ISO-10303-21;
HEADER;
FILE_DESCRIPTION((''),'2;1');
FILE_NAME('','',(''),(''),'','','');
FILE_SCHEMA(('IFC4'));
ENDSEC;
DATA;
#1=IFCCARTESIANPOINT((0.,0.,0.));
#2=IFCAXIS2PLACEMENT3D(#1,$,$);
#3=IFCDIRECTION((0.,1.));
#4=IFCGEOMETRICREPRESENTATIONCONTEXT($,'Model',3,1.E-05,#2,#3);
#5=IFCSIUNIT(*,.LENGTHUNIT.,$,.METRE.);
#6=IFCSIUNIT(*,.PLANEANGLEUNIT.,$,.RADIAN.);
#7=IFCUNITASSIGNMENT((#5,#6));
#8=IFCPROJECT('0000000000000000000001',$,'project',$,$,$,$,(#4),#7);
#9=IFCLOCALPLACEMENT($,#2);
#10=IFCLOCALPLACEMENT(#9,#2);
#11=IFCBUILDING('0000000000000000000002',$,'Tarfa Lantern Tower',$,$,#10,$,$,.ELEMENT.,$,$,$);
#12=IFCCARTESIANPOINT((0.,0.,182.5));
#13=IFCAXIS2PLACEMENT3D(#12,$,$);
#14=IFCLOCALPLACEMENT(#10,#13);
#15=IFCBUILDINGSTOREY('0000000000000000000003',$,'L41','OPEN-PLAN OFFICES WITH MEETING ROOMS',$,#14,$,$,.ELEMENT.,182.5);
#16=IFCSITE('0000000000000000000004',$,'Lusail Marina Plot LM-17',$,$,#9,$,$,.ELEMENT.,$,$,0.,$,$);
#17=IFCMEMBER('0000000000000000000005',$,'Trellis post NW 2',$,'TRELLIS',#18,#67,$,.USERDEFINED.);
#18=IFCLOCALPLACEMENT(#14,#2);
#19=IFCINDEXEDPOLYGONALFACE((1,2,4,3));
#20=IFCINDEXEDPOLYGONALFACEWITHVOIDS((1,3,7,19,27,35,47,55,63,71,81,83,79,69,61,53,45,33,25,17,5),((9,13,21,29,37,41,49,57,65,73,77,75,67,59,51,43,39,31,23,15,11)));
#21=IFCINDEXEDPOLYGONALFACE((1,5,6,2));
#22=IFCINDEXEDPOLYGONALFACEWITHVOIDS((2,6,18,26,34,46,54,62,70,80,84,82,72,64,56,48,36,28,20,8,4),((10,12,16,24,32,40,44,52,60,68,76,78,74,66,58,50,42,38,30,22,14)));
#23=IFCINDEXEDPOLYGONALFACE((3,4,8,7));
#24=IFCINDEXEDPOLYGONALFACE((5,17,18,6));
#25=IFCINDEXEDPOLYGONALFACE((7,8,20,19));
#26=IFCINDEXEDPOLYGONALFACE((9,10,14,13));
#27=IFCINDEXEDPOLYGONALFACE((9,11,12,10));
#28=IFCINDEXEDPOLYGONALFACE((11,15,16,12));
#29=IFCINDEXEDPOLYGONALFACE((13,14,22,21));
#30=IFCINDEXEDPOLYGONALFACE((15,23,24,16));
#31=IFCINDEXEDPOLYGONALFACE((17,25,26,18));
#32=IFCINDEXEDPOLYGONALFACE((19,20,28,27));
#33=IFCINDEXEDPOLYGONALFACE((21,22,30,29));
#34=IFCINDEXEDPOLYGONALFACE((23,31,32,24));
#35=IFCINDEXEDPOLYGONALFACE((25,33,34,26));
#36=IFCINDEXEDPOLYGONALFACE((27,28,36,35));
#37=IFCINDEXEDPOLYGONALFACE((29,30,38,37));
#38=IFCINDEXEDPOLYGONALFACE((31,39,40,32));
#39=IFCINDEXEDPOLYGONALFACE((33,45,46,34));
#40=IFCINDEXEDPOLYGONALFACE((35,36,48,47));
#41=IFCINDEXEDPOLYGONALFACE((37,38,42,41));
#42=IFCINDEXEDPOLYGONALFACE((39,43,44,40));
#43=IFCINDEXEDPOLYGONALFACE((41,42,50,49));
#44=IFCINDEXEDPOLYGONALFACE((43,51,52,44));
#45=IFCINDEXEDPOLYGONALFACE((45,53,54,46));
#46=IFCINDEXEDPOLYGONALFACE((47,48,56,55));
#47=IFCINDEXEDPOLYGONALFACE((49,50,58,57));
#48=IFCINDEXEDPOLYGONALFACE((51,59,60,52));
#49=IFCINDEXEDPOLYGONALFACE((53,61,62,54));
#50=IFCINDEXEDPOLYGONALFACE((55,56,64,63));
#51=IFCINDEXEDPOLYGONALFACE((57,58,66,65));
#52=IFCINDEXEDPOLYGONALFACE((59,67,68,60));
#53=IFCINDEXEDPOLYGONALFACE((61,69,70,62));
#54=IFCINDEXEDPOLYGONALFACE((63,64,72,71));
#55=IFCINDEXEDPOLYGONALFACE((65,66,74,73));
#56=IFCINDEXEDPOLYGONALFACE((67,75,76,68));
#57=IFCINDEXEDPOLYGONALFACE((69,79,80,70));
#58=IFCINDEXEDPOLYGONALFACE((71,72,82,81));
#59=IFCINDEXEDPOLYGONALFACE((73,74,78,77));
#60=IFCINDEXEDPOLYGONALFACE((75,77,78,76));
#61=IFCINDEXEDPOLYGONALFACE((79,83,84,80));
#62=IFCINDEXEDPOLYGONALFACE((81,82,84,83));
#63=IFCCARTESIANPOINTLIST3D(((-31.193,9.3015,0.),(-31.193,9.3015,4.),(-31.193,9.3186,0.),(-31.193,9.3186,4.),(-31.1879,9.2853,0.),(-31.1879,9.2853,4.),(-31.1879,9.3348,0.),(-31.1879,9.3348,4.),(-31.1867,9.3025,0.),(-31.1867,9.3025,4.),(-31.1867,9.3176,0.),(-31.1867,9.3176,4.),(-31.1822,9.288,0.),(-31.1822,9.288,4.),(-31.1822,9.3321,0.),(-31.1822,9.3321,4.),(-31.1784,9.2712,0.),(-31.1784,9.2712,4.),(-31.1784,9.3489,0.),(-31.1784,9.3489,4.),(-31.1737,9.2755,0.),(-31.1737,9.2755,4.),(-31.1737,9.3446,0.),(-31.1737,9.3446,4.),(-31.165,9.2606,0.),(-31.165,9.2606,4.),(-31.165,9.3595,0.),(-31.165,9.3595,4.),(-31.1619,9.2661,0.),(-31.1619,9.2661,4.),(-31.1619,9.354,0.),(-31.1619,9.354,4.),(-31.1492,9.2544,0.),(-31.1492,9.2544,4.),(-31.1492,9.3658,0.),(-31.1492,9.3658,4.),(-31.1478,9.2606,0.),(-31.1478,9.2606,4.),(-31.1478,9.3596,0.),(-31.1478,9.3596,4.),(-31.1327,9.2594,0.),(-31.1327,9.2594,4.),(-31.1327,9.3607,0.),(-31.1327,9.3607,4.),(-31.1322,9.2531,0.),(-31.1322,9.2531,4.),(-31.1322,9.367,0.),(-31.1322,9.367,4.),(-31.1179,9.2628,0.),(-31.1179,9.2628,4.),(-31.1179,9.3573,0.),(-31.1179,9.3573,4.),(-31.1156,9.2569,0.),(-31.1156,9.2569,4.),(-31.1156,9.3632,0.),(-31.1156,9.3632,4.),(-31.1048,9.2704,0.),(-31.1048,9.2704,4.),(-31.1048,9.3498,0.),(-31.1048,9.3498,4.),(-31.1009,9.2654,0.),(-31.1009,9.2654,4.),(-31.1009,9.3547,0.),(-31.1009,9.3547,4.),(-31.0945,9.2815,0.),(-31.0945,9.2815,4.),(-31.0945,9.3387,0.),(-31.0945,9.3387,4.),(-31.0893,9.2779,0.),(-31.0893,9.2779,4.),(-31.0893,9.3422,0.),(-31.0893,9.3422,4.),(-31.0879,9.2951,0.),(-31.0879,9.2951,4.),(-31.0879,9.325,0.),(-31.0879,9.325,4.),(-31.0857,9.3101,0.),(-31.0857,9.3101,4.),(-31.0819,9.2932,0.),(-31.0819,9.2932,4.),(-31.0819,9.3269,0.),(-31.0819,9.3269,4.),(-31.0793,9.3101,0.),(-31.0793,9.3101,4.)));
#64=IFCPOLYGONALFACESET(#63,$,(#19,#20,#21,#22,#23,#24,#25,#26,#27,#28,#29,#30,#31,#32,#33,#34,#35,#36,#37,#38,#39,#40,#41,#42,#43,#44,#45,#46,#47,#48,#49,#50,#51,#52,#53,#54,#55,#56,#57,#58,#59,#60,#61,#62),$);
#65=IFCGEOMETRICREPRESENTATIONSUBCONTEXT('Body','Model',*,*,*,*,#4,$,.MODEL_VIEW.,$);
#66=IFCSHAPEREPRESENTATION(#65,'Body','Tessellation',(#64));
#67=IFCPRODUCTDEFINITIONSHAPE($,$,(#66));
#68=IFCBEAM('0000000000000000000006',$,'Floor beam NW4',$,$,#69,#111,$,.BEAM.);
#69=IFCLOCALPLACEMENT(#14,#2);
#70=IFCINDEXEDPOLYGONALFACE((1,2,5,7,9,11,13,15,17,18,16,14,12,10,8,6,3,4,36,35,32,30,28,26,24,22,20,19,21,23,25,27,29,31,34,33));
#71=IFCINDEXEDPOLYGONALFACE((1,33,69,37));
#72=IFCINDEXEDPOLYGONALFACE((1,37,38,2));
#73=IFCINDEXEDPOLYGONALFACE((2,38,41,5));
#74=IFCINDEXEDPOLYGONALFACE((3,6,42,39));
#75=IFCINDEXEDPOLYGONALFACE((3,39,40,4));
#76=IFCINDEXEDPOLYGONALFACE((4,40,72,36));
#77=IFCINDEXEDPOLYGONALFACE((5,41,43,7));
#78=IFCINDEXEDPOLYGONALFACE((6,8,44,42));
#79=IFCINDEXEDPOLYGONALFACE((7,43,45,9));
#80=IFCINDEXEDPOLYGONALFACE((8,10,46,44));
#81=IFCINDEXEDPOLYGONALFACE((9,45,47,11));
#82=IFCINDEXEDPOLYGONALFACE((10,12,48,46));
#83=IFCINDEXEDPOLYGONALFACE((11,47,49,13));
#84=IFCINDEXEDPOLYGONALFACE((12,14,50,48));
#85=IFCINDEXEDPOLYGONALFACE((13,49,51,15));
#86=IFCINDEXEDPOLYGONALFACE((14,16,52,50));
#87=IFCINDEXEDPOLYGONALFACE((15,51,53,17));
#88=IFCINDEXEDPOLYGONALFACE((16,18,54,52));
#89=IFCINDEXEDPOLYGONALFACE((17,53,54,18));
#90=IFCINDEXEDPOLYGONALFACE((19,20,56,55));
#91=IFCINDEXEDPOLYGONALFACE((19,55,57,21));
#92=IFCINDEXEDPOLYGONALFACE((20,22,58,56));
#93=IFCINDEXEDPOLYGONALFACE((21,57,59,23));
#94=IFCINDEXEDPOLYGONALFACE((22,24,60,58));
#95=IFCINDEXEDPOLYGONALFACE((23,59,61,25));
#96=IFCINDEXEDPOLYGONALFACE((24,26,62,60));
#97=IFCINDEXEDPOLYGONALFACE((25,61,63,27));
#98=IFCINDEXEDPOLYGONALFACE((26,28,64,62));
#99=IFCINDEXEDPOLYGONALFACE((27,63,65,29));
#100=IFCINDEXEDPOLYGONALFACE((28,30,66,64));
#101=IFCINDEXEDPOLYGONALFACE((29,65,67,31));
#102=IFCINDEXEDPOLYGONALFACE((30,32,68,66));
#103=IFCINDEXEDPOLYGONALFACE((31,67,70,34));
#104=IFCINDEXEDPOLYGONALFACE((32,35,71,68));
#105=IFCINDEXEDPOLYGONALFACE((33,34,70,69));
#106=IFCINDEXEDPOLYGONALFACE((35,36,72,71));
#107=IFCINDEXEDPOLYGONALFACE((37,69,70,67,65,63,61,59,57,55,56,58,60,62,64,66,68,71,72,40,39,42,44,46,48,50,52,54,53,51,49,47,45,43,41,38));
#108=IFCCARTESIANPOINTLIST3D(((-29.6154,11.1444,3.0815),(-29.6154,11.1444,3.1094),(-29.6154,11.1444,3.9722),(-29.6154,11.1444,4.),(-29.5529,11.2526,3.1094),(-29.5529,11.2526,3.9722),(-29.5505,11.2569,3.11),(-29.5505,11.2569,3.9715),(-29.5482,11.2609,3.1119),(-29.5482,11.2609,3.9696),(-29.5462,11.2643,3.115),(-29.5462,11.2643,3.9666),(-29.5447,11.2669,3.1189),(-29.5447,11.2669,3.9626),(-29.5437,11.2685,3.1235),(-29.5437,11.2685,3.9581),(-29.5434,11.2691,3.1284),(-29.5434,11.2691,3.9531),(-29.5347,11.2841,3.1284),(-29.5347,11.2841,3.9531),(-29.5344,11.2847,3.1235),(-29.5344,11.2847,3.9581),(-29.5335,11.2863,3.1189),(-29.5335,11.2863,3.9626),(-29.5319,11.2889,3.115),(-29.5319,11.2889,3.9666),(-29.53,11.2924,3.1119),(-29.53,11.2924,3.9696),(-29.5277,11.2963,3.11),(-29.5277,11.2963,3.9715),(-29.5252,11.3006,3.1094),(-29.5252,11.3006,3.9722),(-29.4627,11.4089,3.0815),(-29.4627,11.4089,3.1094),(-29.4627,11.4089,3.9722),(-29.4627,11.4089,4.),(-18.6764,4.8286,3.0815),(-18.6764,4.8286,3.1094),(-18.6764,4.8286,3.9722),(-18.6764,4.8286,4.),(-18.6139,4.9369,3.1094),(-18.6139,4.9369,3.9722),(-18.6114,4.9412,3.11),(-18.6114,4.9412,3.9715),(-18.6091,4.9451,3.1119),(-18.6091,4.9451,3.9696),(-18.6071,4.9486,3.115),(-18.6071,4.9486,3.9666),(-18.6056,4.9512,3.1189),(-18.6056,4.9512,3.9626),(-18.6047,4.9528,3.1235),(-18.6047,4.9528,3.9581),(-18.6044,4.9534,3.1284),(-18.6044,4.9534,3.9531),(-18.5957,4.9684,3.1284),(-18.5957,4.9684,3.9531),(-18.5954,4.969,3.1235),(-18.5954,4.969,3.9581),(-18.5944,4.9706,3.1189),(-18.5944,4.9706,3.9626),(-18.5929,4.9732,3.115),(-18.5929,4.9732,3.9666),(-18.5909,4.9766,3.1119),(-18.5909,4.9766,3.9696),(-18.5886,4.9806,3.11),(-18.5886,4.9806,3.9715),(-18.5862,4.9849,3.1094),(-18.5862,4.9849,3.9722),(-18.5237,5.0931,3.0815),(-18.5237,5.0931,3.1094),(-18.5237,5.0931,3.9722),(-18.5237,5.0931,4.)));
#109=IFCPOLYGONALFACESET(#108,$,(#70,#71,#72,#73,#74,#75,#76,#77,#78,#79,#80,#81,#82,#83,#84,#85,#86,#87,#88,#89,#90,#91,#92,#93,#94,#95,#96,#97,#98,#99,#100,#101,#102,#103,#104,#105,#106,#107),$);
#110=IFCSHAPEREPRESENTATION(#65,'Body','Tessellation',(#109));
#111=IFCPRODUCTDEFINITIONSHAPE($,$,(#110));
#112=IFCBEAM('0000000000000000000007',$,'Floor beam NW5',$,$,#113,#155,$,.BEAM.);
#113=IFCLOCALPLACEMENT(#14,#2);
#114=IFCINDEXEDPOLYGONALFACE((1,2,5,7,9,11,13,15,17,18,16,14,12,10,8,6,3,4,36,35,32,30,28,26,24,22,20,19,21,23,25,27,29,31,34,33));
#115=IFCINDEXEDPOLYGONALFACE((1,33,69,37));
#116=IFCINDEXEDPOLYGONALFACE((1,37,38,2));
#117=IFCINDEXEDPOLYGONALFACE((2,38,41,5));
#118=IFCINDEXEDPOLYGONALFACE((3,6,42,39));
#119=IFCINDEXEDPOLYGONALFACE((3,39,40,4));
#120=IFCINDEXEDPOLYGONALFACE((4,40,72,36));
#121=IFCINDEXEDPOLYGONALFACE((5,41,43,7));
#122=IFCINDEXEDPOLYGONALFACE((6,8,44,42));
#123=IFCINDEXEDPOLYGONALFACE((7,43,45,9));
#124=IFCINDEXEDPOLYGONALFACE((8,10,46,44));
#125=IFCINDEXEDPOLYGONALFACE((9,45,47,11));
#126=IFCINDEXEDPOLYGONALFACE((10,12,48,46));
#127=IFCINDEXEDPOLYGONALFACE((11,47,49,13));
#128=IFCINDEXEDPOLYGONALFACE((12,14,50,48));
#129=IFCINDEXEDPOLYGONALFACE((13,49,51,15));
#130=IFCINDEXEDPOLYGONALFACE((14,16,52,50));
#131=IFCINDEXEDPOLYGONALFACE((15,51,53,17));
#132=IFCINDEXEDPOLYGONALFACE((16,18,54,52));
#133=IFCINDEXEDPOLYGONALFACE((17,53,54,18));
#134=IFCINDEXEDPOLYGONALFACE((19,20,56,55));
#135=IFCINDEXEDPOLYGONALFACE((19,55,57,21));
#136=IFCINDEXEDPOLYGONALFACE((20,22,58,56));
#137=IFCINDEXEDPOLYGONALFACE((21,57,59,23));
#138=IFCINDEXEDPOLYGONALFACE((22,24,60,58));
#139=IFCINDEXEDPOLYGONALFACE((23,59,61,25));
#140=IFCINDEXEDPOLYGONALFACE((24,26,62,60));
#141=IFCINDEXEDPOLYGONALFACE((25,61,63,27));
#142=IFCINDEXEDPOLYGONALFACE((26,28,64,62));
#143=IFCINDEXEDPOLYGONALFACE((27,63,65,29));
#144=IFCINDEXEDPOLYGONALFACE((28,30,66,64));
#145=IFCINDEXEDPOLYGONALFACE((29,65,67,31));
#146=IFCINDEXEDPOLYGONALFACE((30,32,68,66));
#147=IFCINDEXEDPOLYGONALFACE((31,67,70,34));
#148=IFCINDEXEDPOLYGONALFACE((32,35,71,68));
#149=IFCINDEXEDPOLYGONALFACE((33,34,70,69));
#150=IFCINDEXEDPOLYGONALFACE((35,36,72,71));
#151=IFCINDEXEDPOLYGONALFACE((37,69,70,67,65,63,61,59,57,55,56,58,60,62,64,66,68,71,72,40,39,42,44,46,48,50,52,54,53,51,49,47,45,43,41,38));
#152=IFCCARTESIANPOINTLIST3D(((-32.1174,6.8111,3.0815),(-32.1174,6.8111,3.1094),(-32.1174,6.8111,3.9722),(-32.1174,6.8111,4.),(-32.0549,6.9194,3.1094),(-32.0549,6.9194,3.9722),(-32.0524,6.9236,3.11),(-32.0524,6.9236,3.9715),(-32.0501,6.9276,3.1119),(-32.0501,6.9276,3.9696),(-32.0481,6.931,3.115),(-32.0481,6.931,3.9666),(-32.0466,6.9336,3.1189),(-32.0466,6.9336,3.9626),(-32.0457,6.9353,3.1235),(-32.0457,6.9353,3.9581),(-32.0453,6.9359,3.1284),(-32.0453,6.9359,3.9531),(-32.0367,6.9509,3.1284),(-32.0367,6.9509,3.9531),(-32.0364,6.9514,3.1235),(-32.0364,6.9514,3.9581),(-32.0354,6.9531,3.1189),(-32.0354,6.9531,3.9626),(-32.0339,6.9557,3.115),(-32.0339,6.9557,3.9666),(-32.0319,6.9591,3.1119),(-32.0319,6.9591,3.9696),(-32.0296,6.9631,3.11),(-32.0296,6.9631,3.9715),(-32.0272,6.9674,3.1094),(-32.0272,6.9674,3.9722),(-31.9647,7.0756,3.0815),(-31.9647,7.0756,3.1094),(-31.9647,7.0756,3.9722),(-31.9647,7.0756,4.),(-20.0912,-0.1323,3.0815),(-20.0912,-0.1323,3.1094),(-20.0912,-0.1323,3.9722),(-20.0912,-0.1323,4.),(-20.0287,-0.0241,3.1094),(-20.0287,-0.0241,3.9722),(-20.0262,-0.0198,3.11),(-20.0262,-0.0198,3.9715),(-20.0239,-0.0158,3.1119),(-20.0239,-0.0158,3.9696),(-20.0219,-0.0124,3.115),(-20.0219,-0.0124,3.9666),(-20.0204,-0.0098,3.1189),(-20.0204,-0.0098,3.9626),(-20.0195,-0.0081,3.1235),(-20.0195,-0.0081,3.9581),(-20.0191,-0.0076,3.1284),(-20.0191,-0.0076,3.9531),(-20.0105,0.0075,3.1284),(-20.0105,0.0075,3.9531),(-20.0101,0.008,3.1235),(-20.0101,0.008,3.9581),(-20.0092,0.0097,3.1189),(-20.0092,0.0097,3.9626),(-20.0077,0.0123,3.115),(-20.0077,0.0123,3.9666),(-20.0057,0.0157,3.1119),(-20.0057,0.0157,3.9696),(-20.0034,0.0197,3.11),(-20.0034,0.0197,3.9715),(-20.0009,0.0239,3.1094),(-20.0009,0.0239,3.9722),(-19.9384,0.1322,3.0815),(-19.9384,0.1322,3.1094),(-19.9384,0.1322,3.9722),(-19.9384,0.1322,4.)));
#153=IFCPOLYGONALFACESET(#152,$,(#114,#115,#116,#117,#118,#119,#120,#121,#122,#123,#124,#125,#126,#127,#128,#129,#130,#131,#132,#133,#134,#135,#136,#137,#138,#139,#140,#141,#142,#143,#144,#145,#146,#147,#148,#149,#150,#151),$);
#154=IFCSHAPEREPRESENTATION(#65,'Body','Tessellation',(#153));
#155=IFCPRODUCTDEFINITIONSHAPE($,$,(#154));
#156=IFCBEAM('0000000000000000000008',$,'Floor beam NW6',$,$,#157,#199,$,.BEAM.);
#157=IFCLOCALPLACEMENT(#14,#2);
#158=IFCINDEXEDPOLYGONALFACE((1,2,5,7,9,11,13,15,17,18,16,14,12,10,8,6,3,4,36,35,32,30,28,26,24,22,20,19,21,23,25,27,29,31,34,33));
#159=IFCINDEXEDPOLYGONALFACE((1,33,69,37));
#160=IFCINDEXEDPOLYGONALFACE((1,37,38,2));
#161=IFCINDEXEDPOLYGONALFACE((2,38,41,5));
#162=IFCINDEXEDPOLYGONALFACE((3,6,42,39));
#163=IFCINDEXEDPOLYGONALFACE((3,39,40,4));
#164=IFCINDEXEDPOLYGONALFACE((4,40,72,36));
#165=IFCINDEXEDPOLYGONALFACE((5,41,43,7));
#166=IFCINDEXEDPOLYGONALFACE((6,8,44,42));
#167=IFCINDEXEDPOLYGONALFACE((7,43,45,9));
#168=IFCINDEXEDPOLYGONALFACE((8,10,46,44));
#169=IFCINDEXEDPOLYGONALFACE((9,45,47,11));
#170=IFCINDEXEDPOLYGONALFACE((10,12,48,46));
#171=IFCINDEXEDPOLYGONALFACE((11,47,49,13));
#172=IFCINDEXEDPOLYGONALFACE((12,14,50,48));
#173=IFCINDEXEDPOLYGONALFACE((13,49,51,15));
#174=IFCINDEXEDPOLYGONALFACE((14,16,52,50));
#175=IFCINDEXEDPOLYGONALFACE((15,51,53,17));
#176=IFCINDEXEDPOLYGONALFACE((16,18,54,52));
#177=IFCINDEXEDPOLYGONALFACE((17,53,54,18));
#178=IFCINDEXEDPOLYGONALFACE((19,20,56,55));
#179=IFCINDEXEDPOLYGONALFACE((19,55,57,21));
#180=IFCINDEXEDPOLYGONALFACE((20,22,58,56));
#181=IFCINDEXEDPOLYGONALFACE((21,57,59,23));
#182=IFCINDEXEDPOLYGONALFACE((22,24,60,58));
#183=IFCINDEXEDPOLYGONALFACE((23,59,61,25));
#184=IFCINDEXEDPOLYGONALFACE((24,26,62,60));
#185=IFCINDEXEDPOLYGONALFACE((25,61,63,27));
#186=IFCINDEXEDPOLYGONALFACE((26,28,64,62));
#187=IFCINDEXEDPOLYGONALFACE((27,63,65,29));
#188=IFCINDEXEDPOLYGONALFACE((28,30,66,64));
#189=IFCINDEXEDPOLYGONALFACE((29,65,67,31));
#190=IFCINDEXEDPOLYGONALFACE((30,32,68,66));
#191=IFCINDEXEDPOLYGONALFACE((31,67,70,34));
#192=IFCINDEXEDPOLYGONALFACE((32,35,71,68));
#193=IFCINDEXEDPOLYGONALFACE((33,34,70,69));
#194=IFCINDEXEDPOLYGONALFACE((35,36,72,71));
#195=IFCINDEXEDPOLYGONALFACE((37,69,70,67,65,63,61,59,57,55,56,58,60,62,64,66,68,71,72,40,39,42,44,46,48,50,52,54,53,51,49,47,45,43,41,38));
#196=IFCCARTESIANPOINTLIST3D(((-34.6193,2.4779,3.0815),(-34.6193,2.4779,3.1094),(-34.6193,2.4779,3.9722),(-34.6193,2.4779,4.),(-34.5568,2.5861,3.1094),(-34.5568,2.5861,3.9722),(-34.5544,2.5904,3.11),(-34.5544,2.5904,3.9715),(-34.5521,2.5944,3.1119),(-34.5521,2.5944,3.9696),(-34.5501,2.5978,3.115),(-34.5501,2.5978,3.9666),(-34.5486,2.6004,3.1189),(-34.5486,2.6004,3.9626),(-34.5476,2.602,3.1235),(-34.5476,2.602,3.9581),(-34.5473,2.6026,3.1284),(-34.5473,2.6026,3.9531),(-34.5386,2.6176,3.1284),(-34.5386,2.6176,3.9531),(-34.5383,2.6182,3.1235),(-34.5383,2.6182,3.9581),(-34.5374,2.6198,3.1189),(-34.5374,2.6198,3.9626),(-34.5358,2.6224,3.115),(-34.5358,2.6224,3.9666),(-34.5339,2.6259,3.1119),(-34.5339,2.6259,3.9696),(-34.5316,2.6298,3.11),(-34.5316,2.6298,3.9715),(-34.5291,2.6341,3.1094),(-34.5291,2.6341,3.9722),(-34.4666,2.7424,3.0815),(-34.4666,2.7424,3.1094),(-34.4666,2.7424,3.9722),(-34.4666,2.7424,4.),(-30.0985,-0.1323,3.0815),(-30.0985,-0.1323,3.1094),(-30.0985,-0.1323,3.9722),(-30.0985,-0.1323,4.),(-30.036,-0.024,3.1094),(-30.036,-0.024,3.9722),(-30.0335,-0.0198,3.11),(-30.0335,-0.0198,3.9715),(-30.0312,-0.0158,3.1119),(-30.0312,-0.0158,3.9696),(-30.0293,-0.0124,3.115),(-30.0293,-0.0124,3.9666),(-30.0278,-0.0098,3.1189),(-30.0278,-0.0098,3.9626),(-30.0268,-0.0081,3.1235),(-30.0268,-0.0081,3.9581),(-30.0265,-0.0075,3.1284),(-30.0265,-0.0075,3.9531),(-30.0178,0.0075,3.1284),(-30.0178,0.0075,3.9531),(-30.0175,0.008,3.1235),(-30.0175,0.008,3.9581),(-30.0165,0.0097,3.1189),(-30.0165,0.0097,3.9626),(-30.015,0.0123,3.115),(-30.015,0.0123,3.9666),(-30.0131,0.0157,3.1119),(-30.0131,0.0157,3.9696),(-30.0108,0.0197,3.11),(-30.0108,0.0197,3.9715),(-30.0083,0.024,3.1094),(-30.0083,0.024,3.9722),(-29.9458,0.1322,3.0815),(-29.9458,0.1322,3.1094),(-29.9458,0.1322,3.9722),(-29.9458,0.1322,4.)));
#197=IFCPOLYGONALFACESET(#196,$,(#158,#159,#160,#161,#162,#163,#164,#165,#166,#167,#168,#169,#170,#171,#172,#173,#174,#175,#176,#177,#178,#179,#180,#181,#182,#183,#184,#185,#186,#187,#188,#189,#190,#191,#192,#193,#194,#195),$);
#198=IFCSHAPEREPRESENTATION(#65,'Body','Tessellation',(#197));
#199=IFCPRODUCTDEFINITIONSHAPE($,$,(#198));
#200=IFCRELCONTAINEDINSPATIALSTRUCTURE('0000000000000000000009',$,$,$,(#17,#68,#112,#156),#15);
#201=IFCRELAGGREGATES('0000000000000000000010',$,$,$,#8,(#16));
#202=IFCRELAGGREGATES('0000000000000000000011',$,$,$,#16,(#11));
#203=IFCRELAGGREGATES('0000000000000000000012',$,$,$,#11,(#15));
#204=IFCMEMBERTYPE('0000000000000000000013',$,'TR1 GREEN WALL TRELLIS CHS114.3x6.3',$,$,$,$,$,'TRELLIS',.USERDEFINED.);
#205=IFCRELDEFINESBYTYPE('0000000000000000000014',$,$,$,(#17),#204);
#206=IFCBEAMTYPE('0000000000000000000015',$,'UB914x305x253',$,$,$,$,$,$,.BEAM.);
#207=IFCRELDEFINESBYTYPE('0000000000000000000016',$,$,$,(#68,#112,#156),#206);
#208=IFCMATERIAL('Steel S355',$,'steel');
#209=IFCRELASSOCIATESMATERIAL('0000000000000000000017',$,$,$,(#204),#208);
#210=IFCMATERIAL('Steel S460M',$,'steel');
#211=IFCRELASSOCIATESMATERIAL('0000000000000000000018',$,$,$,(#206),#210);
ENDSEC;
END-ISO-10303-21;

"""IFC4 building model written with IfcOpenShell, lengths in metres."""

from ifc_helpers import new_model, si_unit, direction, frame, origin, origin_2d, place, context, subcontext, project, spatial, hollow_circle, i_section, extrude, material, material_profile, profile_set, type_object, element, save


model = new_model("IFC4")

# Units and contexts
model_context = context("Model", 3, precision=1e-05, world=origin(), true_north=direction((0.0, 1.0)))
body_context = subcontext(model_context, "Body", "Model", "MODEL_VIEW")
ifc_project = project(units=[si_unit("LENGTHUNIT", "METRE"), si_unit("PLANEANGLEUNIT", "RADIAN")], contexts=[model_context])

# Site, building, storey
site_placement = place(None, origin())
site = spatial("IfcSite", under=ifc_project, at=site_placement, Name="Lusail Marina Plot LM-17", CompositionType="ELEMENT", RefElevation=0.0)
building_placement = place(site_placement, origin())
building = spatial("IfcBuilding", under=site, at=building_placement, Name="Tarfa Lantern Tower", CompositionType="ELEMENT")
storey_placement = place(building_placement, frame((0.0, 0.0, 182.5)))
storey = spatial("IfcBuildingStorey", under=building, at=storey_placement, Name="L41", Description="OPEN-PLAN OFFICES WITH MEETING ROOMS", CompositionType="ELEMENT", Elevation=182.5)

# Member
ifc_material_1 = material(Name="Steel S355", Category="steel")
ifc_material_profile_1 = material_profile(ifc_material_1, hollow_circle(Radius=0.0571, WallThickness=0.0063, at=origin_2d()), Name="CHS114.3x6.3")
ifc_profile_set_1 = profile_set([ifc_material_profile_1], Name="Steel S355")
member_type_1 = type_object("IfcMemberType", Name="TR1 GREEN WALL TRELLIS CHS114.3x6.3", ElementType="TRELLIS", PredefinedType="USERDEFINED", material=ifc_profile_set_1)
member_1_placement = place(storey_placement, frame((-31.1365, 9.3101, 0.0), z_axis=(0.0, 0.0, 1.0), x_axis=(1.0, 0.0, 0.0)))
element("IfcMember", 1, at=member_1_placement, inside=storey, type_object=member_type_1, Name="Trellis post NW 2", ObjectType="TRELLIS", PredefinedType="USERDEFINED", context=body_context, shape_type="SweptSolid", body=[
    extrude(hollow_circle(Radius=0.0571, WallThickness=0.0063, at=origin_2d()), origin(), (0.0, 0.0, 1.0), 4.0),
])

# Beams
ifc_material_2 = material(Name="Steel S460M", Category="steel")
ifc_material_profile_2 = material_profile(ifc_material_2, i_section(OverallWidth=0.3054, OverallDepth=0.9185, WebThickness=0.0173, FlangeThickness=0.0278, FilletRadius=0.019, at=origin_2d()), Name="UB914x305x253")
ifc_profile_set_2 = profile_set([ifc_material_profile_2], Name="Steel S460M")
beam_type_1 = type_object("IfcBeamType", Name="UB914x305x253", PredefinedType="BEAM", material=ifc_profile_set_2)
beam_1_placement = place(storey_placement, frame((-29.5391, 11.2766, 3.5408), z_axis=(0.866023, -0.500004, 0.0), x_axis=(0.500004, 0.866023, 0.0)))
element("IfcBeam", 2, at=beam_1_placement, inside=storey, type_object=beam_type_1, Name="Floor beam NW4", PredefinedType="BEAM", context=body_context, shape_type="SweptSolid", body=[
    extrude(i_section(OverallWidth=0.3054, OverallDepth=0.9185, WebThickness=0.0173, FlangeThickness=0.0278, FilletRadius=0.019, at=origin_2d()), origin(), (0.0, 0.0, 1.0), 12.6313),
])
beam_2_placement = place(storey_placement, frame((-32.041, 6.9434, 3.5408), z_axis=(0.866023, -0.500004, 0.0), x_axis=(0.500004, 0.866023, 0.0)))
element("IfcBeam", 3, at=beam_2_placement, inside=storey, type_object=beam_type_1, Name="Floor beam NW5", PredefinedType="BEAM", context=body_context, shape_type="SweptSolid", body=[
    extrude(i_section(OverallWidth=0.3054, OverallDepth=0.9185, WebThickness=0.0173, FlangeThickness=0.0278, FilletRadius=0.019, at=origin_2d()), origin(), (0.0, 0.0, 1.0), 13.8867),
])
beam_3_placement = place(storey_placement, frame((-34.543, 2.6101, 3.5408), z_axis=(0.866021, -0.500007, 0.0), x_axis=(0.500007, 0.866021, 0.0)))
element("IfcBeam", 4, at=beam_3_placement, inside=storey, type_object=beam_type_1, Name="Floor beam NW6", PredefinedType="BEAM", context=body_context, shape_type="SweptSolid", body=[
    extrude(i_section(OverallWidth=0.3054, OverallDepth=0.9185, WebThickness=0.0173, FlangeThickness=0.0278, FilletRadius=0.019, at=origin_2d()), origin(), (0.0, 0.0, 1.0), 5.2202),
])

save(model, "model.ifc")
